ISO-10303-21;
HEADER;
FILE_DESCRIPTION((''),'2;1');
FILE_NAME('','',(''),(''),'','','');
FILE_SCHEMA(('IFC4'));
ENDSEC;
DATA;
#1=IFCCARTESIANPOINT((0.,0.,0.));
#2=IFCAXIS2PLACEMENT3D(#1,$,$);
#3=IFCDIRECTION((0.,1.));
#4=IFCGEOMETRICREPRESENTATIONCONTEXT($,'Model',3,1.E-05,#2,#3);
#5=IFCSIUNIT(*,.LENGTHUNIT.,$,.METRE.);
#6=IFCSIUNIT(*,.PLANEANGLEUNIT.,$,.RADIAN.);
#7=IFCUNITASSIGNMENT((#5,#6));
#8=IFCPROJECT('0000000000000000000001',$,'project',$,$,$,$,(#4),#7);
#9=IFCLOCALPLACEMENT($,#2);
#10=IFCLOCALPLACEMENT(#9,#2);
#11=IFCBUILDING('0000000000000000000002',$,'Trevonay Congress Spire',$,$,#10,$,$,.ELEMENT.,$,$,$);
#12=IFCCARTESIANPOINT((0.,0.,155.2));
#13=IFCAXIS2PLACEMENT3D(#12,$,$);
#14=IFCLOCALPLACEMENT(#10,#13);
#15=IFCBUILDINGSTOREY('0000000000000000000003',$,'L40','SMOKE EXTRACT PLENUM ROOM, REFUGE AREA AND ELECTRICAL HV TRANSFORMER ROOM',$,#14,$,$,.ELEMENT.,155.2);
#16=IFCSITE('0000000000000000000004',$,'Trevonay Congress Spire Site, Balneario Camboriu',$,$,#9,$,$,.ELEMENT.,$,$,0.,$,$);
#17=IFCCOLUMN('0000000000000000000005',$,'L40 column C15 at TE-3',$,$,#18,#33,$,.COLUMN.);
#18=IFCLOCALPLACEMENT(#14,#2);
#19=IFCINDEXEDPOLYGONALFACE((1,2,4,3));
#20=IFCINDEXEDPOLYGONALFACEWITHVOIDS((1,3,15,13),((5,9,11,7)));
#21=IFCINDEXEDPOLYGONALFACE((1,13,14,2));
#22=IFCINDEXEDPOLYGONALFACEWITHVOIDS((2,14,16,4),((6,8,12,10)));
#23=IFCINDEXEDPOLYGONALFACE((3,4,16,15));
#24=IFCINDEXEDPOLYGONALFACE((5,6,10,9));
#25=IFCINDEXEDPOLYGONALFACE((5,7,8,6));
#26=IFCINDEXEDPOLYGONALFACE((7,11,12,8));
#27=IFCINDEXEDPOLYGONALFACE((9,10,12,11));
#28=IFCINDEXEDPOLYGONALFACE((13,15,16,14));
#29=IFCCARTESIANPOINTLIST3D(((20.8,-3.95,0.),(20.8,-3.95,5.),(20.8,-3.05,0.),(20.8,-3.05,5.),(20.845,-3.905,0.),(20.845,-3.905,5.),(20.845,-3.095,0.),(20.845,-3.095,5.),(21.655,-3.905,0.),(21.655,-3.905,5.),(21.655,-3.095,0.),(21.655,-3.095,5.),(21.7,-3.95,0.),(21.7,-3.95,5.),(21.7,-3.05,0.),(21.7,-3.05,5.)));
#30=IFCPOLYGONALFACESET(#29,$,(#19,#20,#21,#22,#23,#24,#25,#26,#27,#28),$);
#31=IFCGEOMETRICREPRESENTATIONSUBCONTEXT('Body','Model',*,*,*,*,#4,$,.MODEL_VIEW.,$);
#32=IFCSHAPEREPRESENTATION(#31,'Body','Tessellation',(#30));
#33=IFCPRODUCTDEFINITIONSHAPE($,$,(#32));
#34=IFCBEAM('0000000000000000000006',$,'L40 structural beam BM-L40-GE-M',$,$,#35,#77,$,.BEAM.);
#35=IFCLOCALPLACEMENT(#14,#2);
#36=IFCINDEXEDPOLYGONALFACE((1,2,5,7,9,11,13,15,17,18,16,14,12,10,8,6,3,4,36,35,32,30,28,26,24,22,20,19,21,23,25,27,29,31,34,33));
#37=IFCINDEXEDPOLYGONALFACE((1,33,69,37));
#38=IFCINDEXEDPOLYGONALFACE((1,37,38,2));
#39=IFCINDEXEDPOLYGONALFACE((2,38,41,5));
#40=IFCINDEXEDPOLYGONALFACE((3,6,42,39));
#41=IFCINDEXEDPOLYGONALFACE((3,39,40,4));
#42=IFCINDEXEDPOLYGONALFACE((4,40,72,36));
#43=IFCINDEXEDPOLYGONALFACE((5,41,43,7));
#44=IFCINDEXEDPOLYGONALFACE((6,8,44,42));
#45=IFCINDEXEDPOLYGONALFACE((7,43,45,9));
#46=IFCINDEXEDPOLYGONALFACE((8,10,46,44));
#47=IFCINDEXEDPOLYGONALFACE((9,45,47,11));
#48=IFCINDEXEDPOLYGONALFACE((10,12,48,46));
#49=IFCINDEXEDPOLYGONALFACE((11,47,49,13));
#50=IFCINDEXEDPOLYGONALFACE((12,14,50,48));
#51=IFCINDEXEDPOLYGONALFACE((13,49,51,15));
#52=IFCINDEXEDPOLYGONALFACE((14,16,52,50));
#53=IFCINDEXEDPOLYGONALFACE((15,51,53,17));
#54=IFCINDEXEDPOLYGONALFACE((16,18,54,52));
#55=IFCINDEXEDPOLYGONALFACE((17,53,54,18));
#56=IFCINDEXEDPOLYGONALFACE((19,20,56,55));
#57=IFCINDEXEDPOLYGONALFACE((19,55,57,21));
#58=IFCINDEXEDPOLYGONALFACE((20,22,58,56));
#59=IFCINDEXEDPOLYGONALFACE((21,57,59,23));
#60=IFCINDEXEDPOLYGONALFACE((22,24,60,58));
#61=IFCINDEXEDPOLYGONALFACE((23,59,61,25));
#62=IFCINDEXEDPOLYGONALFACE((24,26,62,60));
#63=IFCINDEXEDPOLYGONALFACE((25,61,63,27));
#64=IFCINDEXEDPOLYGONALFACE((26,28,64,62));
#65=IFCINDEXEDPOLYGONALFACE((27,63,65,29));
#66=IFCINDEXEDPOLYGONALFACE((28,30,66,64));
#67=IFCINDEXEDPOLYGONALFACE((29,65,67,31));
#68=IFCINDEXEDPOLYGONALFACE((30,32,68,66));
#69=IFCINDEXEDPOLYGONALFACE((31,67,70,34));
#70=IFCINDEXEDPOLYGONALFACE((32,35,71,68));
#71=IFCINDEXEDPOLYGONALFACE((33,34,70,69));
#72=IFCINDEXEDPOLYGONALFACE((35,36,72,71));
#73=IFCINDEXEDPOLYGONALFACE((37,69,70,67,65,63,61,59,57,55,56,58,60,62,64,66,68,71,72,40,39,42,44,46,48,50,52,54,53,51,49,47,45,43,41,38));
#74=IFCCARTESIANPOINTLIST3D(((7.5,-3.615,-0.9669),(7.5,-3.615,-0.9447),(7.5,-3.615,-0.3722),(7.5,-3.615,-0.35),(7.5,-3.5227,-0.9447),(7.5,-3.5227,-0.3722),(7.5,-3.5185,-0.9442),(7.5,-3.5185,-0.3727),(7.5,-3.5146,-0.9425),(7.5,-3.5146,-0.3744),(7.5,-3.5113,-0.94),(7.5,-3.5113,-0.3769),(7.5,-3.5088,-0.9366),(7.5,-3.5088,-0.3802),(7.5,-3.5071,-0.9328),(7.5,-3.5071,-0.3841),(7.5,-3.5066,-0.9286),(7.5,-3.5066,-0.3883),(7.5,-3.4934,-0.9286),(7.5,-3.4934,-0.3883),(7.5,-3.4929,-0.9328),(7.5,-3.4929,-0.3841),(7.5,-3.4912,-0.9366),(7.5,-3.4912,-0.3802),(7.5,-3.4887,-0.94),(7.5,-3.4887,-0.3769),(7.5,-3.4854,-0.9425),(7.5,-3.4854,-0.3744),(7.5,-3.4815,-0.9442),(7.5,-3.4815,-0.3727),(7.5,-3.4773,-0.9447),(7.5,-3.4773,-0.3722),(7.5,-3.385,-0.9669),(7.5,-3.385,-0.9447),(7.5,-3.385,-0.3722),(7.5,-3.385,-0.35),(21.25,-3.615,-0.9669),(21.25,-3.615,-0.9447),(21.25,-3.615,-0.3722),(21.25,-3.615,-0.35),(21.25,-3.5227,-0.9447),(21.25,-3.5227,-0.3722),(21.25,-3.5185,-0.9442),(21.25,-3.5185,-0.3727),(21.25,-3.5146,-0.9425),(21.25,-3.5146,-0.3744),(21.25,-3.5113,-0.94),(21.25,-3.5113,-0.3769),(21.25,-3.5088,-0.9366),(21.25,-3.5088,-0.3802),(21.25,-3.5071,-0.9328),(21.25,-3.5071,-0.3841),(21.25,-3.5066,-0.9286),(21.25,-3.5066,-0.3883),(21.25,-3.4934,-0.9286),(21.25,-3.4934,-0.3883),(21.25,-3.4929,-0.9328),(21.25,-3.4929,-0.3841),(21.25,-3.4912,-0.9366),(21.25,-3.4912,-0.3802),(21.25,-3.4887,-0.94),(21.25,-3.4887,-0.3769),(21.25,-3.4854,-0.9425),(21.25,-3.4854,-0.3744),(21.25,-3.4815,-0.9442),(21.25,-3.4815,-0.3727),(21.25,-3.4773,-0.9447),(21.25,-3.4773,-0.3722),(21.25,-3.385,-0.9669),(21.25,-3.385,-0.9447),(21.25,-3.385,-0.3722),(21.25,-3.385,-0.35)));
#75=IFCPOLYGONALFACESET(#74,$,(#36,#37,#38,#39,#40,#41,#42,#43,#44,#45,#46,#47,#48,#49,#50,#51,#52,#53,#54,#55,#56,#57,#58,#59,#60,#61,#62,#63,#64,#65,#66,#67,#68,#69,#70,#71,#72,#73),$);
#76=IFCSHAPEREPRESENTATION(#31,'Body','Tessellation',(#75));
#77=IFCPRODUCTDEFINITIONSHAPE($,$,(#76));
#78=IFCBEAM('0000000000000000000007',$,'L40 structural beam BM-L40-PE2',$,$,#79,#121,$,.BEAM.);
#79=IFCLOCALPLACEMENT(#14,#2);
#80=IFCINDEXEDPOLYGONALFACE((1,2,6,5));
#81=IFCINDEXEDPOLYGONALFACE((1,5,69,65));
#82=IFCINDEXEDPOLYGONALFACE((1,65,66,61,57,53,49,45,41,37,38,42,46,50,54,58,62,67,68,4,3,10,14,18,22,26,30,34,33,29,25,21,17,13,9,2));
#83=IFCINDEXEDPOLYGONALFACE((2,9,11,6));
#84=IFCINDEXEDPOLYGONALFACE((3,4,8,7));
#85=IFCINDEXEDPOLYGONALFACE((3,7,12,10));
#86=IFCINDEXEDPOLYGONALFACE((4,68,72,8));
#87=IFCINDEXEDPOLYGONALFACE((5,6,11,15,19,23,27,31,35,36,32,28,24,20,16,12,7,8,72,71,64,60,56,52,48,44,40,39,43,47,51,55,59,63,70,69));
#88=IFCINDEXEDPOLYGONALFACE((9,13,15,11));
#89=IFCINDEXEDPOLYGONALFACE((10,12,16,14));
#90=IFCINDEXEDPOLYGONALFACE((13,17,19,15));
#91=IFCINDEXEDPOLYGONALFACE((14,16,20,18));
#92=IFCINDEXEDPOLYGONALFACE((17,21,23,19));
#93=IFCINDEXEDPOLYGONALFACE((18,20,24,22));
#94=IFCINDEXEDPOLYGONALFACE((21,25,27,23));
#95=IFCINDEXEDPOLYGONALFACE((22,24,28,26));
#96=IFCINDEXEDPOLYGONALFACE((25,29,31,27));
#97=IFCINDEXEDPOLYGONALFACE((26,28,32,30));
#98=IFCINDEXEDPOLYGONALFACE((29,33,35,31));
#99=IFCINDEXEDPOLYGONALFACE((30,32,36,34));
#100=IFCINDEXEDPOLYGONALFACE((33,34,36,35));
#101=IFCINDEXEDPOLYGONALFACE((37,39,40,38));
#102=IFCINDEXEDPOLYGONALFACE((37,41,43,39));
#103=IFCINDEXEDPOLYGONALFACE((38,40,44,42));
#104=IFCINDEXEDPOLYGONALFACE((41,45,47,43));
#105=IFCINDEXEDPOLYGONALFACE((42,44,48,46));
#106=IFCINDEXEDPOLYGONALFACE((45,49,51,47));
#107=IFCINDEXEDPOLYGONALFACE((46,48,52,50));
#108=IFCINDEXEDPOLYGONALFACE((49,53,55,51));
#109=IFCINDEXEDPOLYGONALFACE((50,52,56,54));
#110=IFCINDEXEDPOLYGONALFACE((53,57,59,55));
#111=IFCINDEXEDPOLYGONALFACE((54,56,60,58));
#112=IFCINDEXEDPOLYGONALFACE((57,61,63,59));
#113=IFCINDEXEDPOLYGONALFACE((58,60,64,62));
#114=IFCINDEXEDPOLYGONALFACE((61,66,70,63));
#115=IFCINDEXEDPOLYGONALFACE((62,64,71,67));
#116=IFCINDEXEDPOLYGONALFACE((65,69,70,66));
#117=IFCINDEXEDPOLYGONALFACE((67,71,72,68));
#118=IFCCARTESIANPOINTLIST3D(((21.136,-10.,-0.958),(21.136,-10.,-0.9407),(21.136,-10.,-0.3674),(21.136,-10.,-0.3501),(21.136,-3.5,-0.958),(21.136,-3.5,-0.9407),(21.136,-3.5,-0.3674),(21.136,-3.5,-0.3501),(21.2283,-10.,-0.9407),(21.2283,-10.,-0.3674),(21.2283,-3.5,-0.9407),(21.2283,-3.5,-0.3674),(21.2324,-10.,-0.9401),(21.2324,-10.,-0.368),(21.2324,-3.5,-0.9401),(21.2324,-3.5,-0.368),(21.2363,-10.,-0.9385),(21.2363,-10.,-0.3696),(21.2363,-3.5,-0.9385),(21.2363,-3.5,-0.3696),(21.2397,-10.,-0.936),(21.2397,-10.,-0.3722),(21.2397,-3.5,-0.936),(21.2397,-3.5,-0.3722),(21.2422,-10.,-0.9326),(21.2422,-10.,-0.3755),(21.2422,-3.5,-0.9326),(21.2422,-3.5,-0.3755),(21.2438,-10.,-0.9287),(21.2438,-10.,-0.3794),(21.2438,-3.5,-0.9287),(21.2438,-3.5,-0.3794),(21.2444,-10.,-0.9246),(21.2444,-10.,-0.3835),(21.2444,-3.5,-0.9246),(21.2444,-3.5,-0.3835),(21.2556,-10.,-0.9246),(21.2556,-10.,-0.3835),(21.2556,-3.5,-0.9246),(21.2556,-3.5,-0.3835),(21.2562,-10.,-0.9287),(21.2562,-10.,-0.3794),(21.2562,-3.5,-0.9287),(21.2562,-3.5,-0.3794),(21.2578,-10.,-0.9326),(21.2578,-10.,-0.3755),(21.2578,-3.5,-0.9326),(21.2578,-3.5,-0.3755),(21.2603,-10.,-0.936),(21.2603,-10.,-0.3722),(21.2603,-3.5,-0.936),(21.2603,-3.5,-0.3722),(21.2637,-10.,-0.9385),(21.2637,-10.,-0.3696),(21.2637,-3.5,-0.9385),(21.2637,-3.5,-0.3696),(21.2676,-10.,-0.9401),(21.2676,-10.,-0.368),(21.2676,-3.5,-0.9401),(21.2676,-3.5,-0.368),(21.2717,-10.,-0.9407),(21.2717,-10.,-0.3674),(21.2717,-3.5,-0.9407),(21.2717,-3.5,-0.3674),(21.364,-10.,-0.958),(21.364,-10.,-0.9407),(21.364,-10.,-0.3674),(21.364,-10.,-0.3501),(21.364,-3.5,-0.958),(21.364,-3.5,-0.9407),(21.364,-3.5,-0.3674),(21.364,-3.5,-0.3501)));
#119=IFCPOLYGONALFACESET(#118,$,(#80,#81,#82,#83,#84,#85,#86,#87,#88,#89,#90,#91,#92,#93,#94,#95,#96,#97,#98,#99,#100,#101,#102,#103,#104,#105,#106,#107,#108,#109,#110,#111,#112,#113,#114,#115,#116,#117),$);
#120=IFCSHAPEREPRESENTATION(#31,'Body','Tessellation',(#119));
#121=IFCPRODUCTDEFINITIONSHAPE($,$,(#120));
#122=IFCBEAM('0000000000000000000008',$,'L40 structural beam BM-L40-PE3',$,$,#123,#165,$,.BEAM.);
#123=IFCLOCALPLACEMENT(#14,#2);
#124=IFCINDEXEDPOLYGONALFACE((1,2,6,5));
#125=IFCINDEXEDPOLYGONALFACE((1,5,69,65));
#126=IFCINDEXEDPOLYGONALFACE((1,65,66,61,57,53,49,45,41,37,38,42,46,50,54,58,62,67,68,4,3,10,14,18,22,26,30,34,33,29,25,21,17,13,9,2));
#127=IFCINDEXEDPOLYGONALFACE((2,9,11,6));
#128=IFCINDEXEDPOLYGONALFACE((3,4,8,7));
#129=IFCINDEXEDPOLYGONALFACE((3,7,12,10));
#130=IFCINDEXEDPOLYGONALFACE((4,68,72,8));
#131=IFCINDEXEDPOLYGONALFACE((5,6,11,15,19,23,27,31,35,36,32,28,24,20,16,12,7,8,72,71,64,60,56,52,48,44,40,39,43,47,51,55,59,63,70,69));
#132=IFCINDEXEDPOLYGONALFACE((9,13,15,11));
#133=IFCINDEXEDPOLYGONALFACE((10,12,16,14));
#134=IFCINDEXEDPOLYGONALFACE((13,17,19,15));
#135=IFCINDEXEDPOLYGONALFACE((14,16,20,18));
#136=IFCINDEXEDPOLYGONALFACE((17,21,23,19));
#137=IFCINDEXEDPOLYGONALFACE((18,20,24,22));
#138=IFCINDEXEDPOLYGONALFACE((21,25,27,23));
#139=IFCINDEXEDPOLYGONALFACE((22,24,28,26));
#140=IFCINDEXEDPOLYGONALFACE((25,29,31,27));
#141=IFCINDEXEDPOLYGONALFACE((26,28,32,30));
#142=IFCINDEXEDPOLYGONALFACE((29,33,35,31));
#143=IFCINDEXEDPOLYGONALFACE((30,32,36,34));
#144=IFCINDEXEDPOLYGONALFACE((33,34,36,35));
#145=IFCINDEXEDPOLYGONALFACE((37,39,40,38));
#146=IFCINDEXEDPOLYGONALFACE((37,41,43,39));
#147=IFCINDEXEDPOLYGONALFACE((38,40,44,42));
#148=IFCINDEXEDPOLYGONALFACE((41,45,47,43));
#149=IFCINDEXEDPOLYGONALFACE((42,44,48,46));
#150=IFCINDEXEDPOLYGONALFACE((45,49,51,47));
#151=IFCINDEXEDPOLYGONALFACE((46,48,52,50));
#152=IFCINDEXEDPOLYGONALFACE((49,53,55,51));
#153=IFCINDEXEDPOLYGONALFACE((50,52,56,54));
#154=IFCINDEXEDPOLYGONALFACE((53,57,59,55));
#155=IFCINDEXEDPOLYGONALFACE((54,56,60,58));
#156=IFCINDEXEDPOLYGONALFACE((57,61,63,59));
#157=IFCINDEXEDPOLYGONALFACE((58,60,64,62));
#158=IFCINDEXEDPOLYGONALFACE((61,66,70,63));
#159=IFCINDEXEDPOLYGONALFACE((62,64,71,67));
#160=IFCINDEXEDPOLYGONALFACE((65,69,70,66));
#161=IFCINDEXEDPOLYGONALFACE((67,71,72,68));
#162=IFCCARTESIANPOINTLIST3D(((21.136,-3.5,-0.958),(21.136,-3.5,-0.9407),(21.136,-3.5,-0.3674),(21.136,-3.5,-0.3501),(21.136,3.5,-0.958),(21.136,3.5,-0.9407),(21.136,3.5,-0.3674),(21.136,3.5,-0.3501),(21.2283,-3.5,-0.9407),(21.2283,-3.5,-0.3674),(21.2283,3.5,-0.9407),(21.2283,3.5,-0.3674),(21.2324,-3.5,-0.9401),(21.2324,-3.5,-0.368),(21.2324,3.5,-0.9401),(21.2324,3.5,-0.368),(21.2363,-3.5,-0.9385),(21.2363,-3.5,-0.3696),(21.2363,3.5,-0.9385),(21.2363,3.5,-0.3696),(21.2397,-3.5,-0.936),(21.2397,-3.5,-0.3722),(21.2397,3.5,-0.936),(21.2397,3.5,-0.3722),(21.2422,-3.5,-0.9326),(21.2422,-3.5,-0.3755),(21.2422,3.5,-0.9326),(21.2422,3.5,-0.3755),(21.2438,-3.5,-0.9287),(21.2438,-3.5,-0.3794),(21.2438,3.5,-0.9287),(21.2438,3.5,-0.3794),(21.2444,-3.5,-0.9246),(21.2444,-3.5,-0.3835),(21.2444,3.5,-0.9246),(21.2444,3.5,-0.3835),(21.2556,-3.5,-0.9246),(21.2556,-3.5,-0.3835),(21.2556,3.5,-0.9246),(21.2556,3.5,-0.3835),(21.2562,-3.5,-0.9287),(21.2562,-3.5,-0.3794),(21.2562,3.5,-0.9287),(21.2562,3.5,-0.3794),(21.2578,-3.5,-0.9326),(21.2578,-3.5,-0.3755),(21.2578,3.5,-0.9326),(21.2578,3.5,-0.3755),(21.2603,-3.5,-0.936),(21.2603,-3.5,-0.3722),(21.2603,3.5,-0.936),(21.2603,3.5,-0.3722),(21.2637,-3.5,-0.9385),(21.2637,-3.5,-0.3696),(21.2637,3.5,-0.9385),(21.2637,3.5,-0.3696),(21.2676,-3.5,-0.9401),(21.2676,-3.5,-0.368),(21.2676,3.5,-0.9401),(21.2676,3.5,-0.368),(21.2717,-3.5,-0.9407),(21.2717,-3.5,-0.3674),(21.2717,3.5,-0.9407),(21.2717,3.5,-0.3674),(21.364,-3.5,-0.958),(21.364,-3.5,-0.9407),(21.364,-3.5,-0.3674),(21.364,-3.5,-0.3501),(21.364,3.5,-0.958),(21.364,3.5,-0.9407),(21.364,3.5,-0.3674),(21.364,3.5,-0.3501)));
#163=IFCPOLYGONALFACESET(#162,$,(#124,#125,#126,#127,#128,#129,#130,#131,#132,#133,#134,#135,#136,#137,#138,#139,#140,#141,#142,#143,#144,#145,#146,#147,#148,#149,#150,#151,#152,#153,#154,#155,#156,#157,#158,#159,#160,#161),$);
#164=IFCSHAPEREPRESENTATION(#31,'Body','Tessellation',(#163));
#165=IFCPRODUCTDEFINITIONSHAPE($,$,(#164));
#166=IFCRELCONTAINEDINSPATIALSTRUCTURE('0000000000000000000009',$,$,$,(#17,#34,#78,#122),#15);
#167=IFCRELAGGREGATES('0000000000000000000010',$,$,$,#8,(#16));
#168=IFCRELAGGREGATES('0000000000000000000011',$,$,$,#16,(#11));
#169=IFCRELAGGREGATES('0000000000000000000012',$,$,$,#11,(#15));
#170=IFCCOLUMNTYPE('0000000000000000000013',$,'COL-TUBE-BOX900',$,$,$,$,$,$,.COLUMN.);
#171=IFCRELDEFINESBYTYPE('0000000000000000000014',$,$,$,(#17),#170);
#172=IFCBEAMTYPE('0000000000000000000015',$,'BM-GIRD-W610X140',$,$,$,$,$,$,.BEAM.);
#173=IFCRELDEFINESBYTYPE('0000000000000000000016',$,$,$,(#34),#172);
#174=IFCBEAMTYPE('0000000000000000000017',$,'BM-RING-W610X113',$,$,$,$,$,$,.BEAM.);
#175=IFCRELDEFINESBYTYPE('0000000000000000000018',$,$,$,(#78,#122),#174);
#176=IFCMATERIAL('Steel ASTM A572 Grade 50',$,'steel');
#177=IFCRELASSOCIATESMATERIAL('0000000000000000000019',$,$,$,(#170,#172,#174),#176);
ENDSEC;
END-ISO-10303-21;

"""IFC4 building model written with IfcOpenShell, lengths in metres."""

from ifc_helpers import new_model, si_unit, direction, frame, origin, origin_2d, place, context, subcontext, project, spatial, hollow_rectangle, i_section, extrude, material, material_profile, profile_set, type_object, element, save


model = new_model("IFC4")

# Units and contexts
model_context = context("Model", 3, precision=1e-05, world=origin(), true_north=direction((0.0, 1.0)))
body_context = subcontext(model_context, "Body", "Model", "MODEL_VIEW")
ifc_project = project(units=[si_unit("LENGTHUNIT", "METRE"), si_unit("PLANEANGLEUNIT", "RADIAN")], contexts=[model_context])

# Site, building, storey
site_placement = place(None, origin())
site = spatial("IfcSite", under=ifc_project, at=site_placement, Name="Trevonay Congress Spire Site, Balneario Camboriu", CompositionType="ELEMENT", RefElevation=0.0)
building_placement = place(site_placement, origin())
building = spatial("IfcBuilding", under=site, at=building_placement, Name="Trevonay Congress Spire", CompositionType="ELEMENT")
storey_placement = place(building_placement, frame((0.0, 0.0, 155.2)))
storey = spatial("IfcBuildingStorey", under=building, at=storey_placement, Name="L40", Description="SMOKE EXTRACT PLENUM ROOM, REFUGE AREA AND ELECTRICAL HV TRANSFORMER ROOM", CompositionType="ELEMENT", Elevation=155.2)

# Column
ifc_material_1 = material(Name="Steel ASTM A572 Grade 50", Category="steel")
ifc_material_profile_1 = material_profile(ifc_material_1, hollow_rectangle(XDim=0.8999, YDim=0.8999, WallThickness=0.0449, at=origin_2d()), Name="BOX 900x900x45")
ifc_profile_set_1 = profile_set([ifc_material_profile_1], Name="Steel ASTM A572 Grade 50")
column_type = type_object("IfcColumnType", Name="COL-TUBE-BOX900", PredefinedType="COLUMN", material=ifc_profile_set_1)
column_placement = place(storey_placement, frame((21.25, -3.5, 0.0), z_axis=(0.0, 0.0, 1.0), x_axis=(1.0, 0.0, 0.0)))
element("IfcColumn", 1, at=column_placement, inside=storey, type_object=column_type, Name="L40 column C15 at TE-3", PredefinedType="COLUMN", context=body_context, shape_type="SweptSolid", body=[
    extrude(hollow_rectangle(XDim=0.8999, YDim=0.8999, WallThickness=0.0449, at=origin_2d()), origin(), (0.0, 0.0, 1.0), 5.0),
])

# Beams
ifc_material_profile_2 = material_profile(ifc_material_1, i_section(OverallWidth=0.23, OverallDepth=0.6169, WebThickness=0.0132, FlangeThickness=0.0222, FilletRadius=0.0161, at=origin_2d()), Name="W610x140")
ifc_profile_set_2 = profile_set([ifc_material_profile_2], Name="Steel ASTM A572 Grade 50")
beam_type_1 = type_object("IfcBeamType", Name="BM-GIRD-W610X140", PredefinedType="BEAM", material=ifc_profile_set_2)
beam_1_placement = place(storey_placement, frame((7.5, -3.5, -0.6584), z_axis=(1.0, 0.0, 0.0), x_axis=(0.0, 1.0, 0.0)))
element("IfcBeam", 2, at=beam_1_placement, inside=storey, type_object=beam_type_1, Name="L40 structural beam BM-L40-GE-M", PredefinedType="BEAM", context=body_context, shape_type="SweptSolid", body=[
    extrude(i_section(OverallWidth=0.23, OverallDepth=0.6169, WebThickness=0.0132, FlangeThickness=0.0222, FilletRadius=0.0161, at=origin_2d()), origin(), (0.0, 0.0, 1.0), 13.75),
])
ifc_material_profile_3 = material_profile(ifc_material_1, i_section(OverallWidth=0.228, OverallDepth=0.6079, WebThickness=0.0112, FlangeThickness=0.0173, FilletRadius=0.0161, at=origin_2d()), Name="W610x113")
ifc_profile_set_3 = profile_set([ifc_material_profile_3], Name="Steel ASTM A572 Grade 50")
beam_type_2 = type_object("IfcBeamType", Name="BM-RING-W610X113", PredefinedType="BEAM", material=ifc_profile_set_3)
beam_2_placement = place(storey_placement, frame((21.25, -10.0, -0.6541), z_axis=(0.0, 1.0, 0.0), x_axis=(-1.0, 0.0, 0.0)))
element("IfcBeam", 3, at=beam_2_placement, inside=storey, type_object=beam_type_2, Name="L40 structural beam BM-L40-PE2", PredefinedType="BEAM", context=body_context, shape_type="SweptSolid", body=[
    extrude(i_section(OverallWidth=0.228, OverallDepth=0.6079, WebThickness=0.0112, FlangeThickness=0.0173, FilletRadius=0.0161, at=origin_2d()), origin(), (0.0, 0.0, 1.0), 6.5),
])
beam_3_placement = place(storey_placement, frame((21.25, -3.5, -0.6541), z_axis=(0.0, 1.0, 0.0), x_axis=(-1.0, 0.0, 0.0)))
element("IfcBeam", 4, at=beam_3_placement, inside=storey, type_object=beam_type_2, Name="L40 structural beam BM-L40-PE3", PredefinedType="BEAM", context=body_context, shape_type="SweptSolid", body=[
    extrude(i_section(OverallWidth=0.228, OverallDepth=0.6079, WebThickness=0.0112, FlangeThickness=0.0173, FilletRadius=0.0161, at=origin_2d()), origin(), (0.0, 0.0, 1.0), 7.0),
])

save(model, "model.ifc")
